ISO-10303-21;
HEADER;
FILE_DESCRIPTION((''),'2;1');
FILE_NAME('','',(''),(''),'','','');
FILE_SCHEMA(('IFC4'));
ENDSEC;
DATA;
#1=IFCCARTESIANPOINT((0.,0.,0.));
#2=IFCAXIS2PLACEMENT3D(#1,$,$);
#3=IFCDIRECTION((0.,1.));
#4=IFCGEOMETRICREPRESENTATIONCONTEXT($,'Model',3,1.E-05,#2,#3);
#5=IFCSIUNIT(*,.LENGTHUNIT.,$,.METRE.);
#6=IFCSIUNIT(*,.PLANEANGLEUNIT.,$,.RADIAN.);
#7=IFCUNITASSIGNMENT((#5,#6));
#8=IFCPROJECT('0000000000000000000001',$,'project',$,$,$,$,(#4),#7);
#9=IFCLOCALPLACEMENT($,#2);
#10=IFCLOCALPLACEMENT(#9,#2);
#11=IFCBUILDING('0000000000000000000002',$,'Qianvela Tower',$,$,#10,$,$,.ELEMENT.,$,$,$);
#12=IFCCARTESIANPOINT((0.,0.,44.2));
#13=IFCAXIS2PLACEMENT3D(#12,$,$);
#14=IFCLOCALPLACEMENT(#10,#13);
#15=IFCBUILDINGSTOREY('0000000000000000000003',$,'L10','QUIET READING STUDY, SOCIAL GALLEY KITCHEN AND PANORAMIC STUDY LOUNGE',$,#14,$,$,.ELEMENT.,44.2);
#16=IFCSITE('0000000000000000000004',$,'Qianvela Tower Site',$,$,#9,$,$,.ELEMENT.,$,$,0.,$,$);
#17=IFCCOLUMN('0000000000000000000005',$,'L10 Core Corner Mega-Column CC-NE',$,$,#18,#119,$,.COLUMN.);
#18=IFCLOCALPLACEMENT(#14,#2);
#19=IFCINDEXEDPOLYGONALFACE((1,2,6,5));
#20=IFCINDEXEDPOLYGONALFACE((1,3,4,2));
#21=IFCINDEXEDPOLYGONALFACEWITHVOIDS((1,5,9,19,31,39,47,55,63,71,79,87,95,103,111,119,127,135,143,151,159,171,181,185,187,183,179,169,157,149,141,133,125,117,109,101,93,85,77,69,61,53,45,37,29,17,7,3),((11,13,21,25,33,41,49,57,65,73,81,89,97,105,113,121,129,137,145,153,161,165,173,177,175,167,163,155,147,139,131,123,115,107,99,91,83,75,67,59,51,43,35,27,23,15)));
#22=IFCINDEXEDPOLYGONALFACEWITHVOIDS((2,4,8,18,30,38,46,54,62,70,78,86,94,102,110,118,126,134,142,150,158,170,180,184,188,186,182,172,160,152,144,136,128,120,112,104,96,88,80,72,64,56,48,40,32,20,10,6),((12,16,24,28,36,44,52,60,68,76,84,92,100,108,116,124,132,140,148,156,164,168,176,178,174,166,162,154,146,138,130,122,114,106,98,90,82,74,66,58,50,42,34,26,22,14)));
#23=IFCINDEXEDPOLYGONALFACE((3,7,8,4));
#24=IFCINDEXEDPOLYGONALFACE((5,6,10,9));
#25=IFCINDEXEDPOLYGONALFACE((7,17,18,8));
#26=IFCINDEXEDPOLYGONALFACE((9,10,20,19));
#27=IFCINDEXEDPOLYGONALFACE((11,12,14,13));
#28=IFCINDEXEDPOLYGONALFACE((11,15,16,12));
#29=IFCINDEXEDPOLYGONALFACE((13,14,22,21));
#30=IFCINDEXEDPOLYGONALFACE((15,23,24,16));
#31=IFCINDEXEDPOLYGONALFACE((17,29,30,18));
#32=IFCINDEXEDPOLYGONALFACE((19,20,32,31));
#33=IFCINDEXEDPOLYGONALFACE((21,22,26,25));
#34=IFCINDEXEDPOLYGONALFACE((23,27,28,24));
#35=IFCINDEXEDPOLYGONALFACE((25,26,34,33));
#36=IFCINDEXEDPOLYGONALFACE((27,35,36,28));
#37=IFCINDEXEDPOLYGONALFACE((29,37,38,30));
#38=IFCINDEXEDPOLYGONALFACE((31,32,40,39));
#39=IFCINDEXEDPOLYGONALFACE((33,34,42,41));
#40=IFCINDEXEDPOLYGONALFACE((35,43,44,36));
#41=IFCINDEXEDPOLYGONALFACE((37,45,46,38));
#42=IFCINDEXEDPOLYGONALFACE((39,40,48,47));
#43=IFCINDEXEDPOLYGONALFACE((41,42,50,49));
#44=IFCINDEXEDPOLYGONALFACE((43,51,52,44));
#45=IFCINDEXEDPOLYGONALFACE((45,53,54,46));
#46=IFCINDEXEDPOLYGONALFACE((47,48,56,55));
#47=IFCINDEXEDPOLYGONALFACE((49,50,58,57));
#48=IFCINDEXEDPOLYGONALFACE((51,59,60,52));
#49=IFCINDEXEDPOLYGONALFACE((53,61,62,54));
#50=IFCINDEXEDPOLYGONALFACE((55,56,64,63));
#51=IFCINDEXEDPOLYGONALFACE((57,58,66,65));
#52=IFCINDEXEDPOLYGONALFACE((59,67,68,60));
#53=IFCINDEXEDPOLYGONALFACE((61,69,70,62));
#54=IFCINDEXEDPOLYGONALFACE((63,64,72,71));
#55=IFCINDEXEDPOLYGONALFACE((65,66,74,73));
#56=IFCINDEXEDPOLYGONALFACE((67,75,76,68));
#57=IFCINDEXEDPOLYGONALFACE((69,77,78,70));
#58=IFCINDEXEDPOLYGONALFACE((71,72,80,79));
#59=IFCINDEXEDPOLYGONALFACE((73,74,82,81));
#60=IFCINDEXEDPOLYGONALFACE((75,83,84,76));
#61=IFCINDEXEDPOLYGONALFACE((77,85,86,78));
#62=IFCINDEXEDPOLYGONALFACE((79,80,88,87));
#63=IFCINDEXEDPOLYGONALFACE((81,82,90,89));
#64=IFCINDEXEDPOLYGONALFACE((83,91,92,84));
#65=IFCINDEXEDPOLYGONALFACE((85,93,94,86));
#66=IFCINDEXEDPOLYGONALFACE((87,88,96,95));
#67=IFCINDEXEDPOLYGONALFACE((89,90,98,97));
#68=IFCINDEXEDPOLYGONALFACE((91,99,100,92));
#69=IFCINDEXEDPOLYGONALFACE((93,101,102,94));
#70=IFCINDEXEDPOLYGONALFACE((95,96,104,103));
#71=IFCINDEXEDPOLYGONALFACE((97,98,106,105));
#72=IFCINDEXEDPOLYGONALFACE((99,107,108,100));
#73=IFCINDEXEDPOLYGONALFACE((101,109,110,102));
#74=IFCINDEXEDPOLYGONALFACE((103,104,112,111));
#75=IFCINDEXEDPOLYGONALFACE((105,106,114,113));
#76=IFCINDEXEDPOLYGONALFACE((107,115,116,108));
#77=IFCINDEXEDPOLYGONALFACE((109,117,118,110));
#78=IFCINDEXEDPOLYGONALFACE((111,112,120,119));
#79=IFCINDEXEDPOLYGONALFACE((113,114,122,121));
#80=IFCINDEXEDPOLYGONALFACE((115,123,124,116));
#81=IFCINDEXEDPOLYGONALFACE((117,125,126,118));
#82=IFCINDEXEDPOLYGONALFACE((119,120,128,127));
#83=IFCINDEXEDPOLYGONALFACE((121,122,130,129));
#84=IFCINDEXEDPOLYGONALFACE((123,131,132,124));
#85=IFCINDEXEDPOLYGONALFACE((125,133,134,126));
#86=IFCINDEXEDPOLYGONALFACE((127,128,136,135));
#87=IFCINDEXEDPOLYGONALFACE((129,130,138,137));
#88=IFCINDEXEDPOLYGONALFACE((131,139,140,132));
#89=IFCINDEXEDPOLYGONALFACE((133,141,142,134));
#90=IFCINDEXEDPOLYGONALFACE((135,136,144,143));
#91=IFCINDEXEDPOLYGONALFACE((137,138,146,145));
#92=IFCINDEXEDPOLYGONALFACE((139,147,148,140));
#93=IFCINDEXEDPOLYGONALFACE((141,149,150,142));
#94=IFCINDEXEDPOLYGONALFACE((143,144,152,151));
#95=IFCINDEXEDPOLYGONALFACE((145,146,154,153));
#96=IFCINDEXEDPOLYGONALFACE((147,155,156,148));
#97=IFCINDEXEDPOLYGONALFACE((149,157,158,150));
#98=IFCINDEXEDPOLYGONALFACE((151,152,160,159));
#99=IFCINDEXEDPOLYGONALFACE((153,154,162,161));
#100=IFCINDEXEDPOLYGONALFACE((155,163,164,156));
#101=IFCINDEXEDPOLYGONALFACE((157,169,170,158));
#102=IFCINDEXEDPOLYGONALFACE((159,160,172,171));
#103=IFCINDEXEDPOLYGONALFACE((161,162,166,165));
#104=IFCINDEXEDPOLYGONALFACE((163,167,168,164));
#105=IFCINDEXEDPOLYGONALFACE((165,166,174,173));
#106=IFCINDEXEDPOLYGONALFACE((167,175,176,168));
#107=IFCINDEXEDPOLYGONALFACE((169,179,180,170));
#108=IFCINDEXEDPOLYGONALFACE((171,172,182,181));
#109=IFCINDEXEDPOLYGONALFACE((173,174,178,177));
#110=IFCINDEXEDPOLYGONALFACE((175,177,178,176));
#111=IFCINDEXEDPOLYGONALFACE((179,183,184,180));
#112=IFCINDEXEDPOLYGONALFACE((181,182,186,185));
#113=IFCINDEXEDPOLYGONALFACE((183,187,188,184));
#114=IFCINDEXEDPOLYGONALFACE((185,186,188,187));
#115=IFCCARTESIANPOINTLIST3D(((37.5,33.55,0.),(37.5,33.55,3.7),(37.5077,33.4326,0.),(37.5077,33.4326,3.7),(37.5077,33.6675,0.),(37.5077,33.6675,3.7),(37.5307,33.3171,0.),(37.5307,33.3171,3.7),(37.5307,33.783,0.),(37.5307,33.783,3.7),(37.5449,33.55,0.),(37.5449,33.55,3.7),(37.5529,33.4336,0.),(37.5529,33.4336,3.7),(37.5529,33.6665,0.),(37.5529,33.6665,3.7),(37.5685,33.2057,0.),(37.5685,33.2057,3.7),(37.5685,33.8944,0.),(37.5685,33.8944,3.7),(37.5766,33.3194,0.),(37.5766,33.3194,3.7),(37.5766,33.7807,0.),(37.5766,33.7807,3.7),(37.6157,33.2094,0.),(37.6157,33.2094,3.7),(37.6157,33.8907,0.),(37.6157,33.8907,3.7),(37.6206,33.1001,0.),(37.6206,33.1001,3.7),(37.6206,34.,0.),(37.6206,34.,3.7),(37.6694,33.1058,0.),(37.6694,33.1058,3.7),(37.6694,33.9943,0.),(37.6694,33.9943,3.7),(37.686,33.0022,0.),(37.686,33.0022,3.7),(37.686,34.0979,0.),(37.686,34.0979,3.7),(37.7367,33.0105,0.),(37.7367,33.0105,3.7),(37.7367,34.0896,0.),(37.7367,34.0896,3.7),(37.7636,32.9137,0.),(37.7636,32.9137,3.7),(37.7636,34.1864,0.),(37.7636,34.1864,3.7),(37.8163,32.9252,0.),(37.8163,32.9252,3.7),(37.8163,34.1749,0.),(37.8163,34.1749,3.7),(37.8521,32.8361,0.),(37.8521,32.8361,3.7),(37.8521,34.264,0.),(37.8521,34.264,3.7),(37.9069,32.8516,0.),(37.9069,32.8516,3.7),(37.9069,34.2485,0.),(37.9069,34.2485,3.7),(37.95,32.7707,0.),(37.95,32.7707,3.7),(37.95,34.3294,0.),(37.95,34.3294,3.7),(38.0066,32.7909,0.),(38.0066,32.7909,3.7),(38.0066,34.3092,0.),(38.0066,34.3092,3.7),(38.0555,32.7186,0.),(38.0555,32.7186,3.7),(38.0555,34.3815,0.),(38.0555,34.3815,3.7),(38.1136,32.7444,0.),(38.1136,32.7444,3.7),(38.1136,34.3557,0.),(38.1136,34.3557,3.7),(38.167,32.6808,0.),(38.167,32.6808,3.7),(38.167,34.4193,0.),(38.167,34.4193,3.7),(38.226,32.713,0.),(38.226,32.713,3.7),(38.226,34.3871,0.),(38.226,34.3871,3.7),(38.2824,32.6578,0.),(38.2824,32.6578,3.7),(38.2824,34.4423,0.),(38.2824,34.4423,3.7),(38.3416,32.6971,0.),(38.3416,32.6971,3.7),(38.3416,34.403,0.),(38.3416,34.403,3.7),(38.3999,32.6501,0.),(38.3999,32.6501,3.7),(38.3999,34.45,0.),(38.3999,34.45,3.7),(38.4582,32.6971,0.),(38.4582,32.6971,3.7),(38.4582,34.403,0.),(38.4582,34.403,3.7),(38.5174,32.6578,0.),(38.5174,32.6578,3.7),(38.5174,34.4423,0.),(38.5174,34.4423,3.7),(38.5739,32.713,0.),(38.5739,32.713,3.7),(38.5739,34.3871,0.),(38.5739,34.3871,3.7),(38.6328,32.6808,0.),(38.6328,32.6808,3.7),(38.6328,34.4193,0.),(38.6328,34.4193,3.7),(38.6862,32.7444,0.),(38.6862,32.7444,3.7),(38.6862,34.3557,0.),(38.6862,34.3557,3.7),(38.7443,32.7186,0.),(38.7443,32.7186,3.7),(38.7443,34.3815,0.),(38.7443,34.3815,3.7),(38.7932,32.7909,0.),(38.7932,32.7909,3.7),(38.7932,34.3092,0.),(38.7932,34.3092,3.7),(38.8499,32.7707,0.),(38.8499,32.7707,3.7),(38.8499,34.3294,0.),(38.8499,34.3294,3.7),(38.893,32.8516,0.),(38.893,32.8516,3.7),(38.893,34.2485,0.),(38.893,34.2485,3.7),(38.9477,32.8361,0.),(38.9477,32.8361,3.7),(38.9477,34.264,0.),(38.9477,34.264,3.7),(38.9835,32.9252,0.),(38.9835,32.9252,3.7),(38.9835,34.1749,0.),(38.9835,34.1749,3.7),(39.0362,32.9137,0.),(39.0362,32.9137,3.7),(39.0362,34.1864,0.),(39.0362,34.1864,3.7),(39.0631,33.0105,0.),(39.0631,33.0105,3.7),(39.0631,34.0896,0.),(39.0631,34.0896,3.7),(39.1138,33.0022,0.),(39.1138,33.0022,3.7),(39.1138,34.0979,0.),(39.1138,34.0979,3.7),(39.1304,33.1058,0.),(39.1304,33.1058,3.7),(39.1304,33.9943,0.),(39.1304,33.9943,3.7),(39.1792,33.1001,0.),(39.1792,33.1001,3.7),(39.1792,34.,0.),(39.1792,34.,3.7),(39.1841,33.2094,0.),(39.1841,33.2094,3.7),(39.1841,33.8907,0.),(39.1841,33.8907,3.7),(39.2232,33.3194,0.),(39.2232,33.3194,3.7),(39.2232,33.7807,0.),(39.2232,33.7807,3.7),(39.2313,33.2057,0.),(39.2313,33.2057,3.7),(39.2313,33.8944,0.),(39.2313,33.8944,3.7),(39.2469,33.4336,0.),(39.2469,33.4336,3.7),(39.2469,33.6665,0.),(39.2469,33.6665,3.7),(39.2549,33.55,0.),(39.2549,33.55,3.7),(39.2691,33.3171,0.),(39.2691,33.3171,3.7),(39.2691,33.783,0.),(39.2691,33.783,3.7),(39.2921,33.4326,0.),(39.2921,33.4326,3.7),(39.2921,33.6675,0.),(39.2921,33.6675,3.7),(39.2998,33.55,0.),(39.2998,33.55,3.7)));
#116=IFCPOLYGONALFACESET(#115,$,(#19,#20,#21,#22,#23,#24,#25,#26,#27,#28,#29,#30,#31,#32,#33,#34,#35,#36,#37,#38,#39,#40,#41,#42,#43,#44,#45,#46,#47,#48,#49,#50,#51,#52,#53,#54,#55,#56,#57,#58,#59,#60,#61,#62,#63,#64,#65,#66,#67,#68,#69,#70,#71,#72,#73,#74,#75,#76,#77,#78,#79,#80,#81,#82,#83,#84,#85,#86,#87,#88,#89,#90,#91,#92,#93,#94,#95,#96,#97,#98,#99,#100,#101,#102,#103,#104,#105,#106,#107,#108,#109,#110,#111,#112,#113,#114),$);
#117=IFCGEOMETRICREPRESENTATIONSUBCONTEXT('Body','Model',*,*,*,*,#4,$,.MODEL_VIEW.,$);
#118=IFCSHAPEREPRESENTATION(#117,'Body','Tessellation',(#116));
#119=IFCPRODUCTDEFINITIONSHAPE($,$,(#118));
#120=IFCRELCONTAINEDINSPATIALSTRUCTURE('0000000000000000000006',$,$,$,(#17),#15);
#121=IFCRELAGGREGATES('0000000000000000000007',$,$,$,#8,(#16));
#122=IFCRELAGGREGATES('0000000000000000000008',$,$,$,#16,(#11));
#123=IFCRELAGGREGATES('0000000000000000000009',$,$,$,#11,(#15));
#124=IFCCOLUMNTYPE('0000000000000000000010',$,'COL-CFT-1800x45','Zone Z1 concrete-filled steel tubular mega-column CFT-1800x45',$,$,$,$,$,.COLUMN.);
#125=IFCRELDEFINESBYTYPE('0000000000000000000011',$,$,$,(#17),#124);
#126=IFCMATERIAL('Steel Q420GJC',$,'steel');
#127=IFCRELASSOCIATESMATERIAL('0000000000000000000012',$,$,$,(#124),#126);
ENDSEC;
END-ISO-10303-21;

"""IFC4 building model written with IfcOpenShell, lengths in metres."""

from ifc_helpers import new_model, si_unit, direction, frame, origin, origin_2d, place, context, subcontext, project, spatial, hollow_circle, extrude, material, material_profile, profile_set, type_object, element, save


model = new_model("IFC4")

# Units and contexts
model_context = context("Model", 3, precision=1e-05, world=origin(), true_north=direction((0.0, 1.0)))
body_context = subcontext(model_context, "Body", "Model", "MODEL_VIEW")
ifc_project = project(units=[si_unit("LENGTHUNIT", "METRE"), si_unit("PLANEANGLEUNIT", "RADIAN")], contexts=[model_context])

# Site, building, storey
site_placement = place(None, origin())
site = spatial("IfcSite", under=ifc_project, at=site_placement, Name="Qianvela Tower Site", CompositionType="ELEMENT", RefElevation=0.0)
building_placement = place(site_placement, origin())
building = spatial("IfcBuilding", under=site, at=building_placement, Name="Qianvela Tower", CompositionType="ELEMENT")
storey_placement = place(building_placement, frame((0.0, 0.0, 44.2)))
storey = spatial("IfcBuildingStorey", under=building, at=storey_placement, Name="L10", Description="QUIET READING STUDY, SOCIAL GALLEY KITCHEN AND PANORAMIC STUDY LOUNGE", CompositionType="ELEMENT", Elevation=44.2)

# Column
ifc_material_1 = material(Name="Steel Q420GJC", Category="steel")
ifc_material_profile_1 = material_profile(ifc_material_1, hollow_circle(Radius=0.8999, WallThickness=0.0449, at=origin_2d()), Name="CFT-1800x45")
ifc_profile_set_1 = profile_set([ifc_material_profile_1], Name="Steel Q420GJC")
column_type = type_object("IfcColumnType", Name="COL-CFT-1800x45", Description="Zone Z1 concrete-filled steel tubular mega-column CFT-1800x45", PredefinedType="COLUMN", material=ifc_profile_set_1)
for number, where, z_axis, x_axis, name in (
    (1, (38.3999, 33.55, 0.0), (0.0, 0.0, 1.0), (1.0, 0.0, 0.0), "L10 Core Corner Mega-Column CC-NE"),
):
    element("IfcColumn", number, at=place(storey_placement, frame(where, z_axis=z_axis, x_axis=x_axis)), inside=storey, type_object=column_type, Name=name, PredefinedType="COLUMN", context=body_context, shape_type="SweptSolid", body=[
        extrude(hollow_circle(Radius=0.8999, WallThickness=0.0449, at=origin_2d()), origin(), (0.0, 0.0, 1.0), 3.7),
    ])

save(model, "model.ifc")
